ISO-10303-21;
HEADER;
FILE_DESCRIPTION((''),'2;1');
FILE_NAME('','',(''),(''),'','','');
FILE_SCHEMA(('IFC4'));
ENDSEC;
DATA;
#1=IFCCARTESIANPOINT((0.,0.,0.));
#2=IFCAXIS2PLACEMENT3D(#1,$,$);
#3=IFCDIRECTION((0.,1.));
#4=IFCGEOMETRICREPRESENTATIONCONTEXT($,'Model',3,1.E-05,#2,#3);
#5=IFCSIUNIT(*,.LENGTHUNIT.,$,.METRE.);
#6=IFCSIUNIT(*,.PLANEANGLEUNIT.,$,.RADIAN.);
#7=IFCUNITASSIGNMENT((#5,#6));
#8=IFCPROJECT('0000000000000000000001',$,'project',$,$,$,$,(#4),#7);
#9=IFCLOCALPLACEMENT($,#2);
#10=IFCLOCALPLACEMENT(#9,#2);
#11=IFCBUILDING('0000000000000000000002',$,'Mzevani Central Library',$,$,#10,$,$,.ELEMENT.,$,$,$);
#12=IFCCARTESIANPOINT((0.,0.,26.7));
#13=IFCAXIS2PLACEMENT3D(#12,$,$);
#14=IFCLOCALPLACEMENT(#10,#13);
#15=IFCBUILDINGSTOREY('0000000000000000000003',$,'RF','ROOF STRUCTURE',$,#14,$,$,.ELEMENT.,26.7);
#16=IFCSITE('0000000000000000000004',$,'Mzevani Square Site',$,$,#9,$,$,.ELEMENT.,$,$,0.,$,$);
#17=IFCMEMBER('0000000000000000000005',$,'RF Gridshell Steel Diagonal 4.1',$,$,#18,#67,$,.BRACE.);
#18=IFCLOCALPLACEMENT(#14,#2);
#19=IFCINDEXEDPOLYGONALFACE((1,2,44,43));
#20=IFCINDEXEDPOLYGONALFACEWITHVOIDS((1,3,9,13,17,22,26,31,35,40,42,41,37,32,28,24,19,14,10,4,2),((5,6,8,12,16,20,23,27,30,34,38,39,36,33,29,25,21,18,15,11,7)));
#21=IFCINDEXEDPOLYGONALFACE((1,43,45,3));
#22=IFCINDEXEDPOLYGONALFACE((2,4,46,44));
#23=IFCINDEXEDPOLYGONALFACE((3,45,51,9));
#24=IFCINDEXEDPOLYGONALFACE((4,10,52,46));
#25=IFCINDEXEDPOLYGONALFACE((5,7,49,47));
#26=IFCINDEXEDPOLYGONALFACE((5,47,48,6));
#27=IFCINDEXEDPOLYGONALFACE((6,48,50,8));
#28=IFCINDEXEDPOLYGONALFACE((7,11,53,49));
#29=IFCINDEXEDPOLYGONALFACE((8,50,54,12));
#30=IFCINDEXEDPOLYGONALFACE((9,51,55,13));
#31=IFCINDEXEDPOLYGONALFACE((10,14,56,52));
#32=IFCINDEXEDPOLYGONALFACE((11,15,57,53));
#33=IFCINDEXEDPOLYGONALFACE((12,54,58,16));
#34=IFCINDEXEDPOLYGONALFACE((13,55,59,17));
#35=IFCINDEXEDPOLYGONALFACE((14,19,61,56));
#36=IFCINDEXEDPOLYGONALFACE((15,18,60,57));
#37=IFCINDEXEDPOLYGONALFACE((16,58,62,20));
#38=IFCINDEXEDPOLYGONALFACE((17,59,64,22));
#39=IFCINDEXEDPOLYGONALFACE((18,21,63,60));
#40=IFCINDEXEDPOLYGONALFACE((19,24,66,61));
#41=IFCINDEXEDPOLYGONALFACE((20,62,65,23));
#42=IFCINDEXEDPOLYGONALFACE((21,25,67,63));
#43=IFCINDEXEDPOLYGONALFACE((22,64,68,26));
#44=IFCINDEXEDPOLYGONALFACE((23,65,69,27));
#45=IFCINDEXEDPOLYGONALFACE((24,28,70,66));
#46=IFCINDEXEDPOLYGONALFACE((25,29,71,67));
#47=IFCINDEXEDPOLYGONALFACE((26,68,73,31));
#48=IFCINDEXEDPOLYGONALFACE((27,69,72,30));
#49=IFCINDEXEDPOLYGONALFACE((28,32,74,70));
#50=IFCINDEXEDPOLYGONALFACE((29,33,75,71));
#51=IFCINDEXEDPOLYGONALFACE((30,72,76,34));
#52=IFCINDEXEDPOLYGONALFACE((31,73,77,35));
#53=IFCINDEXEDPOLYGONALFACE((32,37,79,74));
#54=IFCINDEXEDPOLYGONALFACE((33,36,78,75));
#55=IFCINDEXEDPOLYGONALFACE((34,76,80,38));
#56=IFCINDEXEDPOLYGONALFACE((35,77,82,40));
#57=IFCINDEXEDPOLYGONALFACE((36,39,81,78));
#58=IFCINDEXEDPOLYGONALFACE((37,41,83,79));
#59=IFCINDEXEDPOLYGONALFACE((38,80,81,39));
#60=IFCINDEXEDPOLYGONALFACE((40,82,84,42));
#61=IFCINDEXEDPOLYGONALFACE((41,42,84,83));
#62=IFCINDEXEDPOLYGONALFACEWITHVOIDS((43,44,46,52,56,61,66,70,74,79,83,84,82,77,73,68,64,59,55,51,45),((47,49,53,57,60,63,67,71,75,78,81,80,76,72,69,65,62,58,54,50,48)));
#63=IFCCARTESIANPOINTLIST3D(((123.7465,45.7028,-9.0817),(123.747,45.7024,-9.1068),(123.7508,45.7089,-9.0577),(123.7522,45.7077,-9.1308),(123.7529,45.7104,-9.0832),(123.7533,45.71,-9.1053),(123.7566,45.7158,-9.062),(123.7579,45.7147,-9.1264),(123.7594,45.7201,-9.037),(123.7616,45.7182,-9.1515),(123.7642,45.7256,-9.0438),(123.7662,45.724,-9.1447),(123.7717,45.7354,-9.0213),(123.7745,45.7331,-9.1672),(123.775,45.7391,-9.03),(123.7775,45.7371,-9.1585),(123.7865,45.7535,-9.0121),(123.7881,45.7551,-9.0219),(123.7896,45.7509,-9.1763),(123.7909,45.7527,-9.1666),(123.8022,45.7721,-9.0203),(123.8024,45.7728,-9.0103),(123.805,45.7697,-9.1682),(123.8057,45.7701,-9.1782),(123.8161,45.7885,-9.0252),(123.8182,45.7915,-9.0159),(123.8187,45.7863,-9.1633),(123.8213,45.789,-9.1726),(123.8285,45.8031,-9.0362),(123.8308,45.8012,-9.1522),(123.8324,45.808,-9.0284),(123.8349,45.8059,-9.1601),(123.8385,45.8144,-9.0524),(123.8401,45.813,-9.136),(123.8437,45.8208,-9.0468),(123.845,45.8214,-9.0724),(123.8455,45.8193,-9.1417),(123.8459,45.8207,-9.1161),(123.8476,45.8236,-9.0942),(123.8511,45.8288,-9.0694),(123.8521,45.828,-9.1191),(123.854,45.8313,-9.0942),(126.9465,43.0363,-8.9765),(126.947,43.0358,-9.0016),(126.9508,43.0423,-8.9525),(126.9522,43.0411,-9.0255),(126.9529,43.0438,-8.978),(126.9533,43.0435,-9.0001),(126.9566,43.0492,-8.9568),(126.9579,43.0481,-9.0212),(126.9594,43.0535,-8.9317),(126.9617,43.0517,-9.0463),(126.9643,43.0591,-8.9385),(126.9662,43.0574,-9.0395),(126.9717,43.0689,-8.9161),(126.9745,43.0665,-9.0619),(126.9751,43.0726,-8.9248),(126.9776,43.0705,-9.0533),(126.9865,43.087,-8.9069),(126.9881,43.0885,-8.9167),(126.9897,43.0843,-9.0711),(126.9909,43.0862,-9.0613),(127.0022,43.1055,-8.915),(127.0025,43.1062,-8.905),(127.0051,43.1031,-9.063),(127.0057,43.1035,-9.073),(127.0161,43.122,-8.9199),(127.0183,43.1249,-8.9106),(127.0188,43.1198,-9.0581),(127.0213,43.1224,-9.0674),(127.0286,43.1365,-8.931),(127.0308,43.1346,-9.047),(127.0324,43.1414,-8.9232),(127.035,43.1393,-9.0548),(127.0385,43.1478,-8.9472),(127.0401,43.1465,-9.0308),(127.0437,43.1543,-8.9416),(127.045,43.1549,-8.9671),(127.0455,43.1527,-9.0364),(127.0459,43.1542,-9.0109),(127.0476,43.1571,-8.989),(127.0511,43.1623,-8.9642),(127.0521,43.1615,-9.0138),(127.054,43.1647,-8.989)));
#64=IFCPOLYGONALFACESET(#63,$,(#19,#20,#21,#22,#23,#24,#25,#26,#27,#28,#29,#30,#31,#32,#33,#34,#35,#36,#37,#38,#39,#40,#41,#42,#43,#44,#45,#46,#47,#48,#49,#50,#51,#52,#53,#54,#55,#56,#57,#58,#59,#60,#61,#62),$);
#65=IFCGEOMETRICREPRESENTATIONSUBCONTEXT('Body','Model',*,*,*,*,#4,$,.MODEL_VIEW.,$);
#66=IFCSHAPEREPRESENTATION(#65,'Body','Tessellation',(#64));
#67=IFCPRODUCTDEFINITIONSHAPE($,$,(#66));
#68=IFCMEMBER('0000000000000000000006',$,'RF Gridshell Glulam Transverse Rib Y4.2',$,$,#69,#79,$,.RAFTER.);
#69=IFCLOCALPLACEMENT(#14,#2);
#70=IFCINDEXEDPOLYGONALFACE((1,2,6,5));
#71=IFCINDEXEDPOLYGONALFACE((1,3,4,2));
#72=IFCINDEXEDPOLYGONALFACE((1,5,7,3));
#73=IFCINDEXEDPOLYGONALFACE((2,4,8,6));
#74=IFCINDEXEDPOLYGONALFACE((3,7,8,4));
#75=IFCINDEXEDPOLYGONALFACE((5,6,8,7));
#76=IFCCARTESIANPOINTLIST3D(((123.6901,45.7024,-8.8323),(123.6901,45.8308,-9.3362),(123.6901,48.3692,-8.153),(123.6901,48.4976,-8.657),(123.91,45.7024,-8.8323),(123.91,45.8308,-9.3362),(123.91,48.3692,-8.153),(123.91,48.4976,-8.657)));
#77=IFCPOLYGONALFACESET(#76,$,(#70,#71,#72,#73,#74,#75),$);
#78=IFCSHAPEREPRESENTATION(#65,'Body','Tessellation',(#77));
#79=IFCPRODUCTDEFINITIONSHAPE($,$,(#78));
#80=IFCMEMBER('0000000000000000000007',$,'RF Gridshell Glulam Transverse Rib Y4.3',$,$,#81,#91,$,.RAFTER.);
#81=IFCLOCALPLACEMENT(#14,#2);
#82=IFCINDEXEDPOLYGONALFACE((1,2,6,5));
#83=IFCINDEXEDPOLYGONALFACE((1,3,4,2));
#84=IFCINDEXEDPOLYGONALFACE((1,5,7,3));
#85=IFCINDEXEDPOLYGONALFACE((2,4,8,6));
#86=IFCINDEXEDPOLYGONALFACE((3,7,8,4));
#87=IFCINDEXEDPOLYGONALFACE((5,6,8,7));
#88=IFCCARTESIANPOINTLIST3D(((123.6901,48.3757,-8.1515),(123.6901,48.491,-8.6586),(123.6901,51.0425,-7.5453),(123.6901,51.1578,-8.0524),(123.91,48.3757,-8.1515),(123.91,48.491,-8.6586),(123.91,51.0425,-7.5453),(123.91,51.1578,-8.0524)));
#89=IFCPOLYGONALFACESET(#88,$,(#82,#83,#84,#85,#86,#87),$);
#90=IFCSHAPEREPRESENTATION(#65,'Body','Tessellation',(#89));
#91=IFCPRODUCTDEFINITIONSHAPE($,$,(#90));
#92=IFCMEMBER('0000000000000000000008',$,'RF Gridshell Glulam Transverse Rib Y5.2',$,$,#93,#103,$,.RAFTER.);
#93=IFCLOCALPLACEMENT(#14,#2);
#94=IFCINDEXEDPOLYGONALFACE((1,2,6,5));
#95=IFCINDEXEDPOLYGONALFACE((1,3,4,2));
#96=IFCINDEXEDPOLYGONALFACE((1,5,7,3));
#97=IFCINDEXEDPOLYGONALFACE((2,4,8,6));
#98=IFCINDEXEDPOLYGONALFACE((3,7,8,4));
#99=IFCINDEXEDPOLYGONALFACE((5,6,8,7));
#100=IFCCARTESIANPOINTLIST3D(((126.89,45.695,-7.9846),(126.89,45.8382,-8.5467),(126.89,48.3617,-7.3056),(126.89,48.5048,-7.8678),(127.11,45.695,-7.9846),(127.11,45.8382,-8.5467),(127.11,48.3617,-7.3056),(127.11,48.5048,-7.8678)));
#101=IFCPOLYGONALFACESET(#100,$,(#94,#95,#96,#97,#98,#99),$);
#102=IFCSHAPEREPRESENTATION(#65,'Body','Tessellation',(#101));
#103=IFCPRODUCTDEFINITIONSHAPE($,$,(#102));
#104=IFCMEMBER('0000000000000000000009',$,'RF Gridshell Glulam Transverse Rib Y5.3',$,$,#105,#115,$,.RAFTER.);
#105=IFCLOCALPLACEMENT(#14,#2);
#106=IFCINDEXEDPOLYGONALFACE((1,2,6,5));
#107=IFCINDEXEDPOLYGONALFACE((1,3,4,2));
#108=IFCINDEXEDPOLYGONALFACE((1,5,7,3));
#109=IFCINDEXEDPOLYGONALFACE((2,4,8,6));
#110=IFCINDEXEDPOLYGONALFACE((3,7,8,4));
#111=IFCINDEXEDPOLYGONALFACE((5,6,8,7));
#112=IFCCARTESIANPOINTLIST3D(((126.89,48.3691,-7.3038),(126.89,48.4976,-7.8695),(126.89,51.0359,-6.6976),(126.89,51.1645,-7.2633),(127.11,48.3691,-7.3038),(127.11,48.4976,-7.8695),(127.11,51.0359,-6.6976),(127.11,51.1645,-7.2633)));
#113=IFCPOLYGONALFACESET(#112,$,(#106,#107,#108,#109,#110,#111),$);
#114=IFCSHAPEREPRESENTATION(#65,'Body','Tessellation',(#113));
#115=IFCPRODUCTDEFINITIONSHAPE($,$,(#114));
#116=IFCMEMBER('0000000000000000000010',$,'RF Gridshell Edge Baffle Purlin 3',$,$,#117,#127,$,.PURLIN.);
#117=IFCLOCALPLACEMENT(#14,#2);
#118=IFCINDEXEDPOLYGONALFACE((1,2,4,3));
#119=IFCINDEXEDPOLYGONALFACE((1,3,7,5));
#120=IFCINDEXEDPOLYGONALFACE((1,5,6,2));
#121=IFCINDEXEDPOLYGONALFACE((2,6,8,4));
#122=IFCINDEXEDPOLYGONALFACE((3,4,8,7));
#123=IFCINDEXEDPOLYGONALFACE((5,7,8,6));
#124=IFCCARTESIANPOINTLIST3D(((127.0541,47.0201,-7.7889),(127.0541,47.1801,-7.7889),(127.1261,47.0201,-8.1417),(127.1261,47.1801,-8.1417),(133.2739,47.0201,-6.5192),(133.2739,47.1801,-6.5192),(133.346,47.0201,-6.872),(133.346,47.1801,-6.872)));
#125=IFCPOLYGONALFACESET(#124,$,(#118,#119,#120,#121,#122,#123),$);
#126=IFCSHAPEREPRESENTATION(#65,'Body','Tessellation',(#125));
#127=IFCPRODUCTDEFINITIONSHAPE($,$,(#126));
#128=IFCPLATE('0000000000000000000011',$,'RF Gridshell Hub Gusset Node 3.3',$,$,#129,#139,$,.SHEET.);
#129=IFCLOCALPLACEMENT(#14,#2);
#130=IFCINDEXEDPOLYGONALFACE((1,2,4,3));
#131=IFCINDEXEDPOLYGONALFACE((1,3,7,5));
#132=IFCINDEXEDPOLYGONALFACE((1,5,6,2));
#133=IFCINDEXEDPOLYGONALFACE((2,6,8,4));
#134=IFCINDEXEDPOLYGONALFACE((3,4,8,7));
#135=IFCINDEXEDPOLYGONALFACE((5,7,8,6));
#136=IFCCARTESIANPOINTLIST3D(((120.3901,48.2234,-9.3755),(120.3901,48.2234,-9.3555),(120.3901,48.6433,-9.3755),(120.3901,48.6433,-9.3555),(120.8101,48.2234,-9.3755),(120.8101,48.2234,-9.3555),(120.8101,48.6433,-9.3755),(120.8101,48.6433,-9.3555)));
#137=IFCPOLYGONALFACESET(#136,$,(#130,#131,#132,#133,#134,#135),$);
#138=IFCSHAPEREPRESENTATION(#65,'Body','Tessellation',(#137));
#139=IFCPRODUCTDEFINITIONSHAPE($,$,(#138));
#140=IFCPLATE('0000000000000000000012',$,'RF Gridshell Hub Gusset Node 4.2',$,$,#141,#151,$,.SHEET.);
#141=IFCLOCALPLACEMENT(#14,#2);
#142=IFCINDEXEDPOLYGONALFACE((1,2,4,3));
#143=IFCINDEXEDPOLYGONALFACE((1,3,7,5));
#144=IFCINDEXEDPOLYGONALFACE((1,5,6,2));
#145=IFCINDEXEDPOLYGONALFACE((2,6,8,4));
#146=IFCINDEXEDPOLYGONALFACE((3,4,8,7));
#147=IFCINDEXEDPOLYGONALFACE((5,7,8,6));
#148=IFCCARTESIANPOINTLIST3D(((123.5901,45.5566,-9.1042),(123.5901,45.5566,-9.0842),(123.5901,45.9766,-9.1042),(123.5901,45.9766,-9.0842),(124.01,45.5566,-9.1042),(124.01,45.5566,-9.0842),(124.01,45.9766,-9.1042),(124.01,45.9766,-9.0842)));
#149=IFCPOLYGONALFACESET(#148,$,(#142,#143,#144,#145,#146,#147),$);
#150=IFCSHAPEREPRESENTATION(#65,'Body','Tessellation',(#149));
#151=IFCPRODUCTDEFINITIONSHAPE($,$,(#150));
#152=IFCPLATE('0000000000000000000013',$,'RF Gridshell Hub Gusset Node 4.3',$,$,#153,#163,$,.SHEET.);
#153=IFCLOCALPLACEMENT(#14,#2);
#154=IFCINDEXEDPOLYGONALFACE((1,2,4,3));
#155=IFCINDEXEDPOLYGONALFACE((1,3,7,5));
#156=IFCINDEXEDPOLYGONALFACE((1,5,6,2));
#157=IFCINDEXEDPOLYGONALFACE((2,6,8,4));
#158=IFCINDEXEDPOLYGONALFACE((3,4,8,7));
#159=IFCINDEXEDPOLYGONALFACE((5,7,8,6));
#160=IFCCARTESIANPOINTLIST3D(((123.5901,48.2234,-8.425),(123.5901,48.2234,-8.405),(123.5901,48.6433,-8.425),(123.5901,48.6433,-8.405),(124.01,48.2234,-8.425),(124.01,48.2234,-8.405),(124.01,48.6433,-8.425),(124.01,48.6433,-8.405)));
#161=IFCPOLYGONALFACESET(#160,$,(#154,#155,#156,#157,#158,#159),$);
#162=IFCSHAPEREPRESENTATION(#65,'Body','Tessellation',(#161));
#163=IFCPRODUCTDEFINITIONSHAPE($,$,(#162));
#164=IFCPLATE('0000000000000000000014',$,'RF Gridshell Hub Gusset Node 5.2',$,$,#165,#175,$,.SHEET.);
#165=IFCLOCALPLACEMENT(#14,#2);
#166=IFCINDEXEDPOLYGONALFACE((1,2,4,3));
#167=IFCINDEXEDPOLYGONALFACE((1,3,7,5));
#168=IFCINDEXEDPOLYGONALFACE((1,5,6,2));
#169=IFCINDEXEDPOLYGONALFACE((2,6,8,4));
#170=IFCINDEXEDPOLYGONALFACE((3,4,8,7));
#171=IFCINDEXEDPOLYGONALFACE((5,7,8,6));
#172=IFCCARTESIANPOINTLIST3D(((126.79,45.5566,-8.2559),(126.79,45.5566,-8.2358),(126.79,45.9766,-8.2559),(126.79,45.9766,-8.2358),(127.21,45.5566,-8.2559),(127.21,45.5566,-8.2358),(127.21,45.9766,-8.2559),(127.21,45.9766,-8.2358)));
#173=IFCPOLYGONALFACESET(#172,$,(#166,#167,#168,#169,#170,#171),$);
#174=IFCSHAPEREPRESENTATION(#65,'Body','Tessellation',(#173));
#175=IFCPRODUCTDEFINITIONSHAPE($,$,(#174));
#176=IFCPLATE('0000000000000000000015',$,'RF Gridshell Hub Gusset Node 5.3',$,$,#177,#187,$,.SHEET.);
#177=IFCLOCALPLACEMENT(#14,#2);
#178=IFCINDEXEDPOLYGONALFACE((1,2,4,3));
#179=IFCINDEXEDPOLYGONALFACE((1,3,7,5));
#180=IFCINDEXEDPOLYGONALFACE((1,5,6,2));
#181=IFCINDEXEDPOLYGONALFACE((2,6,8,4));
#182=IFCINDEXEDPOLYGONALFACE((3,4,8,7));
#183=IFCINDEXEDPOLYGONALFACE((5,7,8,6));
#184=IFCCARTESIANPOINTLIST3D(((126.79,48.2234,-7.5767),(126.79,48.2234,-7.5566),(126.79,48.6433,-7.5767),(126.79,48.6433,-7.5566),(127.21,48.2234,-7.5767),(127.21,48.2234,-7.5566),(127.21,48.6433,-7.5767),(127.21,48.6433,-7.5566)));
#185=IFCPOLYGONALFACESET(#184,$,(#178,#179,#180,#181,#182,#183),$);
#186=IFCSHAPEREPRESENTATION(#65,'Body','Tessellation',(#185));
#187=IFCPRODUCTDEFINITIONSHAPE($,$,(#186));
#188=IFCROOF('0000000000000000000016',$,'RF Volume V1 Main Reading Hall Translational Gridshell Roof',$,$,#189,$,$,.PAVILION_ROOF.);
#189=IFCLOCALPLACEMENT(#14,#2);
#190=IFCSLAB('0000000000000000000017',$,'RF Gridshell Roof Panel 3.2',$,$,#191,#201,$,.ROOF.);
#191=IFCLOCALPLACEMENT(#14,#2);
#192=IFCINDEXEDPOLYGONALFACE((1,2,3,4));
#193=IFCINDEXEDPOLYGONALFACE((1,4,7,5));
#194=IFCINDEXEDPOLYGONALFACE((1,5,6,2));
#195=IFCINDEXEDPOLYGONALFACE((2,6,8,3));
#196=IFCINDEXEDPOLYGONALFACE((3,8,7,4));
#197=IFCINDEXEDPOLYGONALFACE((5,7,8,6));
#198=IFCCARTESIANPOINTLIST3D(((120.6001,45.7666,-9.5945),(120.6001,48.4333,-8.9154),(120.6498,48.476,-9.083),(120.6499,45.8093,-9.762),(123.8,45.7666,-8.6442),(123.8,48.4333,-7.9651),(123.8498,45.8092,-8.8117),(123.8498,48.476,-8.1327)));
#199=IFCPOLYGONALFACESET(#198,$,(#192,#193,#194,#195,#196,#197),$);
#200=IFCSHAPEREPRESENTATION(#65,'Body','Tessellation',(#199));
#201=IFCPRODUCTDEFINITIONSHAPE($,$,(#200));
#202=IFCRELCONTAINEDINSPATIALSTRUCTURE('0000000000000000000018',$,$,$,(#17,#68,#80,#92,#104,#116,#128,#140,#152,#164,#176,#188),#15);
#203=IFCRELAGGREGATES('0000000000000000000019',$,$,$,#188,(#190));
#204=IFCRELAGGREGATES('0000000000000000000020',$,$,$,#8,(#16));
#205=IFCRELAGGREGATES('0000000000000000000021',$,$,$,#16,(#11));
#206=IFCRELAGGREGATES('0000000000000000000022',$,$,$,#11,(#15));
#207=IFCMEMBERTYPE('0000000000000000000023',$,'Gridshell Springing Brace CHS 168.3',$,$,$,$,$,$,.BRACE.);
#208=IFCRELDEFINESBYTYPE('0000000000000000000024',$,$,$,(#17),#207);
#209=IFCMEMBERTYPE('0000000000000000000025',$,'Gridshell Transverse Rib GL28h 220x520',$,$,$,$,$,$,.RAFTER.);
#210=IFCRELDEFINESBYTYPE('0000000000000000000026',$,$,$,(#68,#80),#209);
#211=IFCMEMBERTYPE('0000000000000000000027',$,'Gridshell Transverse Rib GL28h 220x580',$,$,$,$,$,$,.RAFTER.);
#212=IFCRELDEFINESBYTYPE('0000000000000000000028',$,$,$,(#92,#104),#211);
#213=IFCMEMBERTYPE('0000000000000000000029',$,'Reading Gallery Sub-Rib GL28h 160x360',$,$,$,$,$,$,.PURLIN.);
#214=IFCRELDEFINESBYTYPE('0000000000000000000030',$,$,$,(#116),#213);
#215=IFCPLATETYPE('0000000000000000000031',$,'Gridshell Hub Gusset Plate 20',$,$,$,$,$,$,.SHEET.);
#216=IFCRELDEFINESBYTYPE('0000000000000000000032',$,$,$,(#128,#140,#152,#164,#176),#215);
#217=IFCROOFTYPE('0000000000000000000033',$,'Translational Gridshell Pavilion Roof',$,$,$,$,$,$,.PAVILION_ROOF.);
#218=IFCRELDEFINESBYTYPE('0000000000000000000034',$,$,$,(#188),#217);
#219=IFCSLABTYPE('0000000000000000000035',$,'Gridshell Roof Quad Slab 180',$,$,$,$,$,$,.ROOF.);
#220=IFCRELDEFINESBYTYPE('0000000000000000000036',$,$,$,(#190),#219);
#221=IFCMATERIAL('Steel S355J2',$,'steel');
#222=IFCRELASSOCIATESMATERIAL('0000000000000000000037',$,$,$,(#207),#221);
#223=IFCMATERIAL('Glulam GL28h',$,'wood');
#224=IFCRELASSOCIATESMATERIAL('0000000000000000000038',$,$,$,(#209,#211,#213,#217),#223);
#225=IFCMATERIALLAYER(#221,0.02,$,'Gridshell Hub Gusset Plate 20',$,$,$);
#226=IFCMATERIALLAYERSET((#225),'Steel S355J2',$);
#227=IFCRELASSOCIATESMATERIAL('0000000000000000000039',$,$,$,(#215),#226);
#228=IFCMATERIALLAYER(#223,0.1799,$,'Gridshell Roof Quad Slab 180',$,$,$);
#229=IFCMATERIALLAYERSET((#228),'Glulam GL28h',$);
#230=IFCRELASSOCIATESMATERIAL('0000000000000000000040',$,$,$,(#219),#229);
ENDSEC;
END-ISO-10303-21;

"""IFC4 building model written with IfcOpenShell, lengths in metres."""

from ifc_helpers import new_model, si_unit, direction, frame, origin, origin_2d, place, context, subcontext, project, spatial, polyline, rectangle, hollow_circle, outline, extrude, material, layer, layer_set, material_profile, profile_set, type_object, element, aggregate, save


model = new_model("IFC4")

# Units and contexts
model_context = context("Model", 3, precision=1e-05, world=origin(), true_north=direction((0.0, 1.0)))
body_context = subcontext(model_context, "Body", "Model", "MODEL_VIEW")
ifc_project = project(units=[si_unit("LENGTHUNIT", "METRE"), si_unit("PLANEANGLEUNIT", "RADIAN")], contexts=[model_context])

# Site, building, storey
site_placement = place(None, origin())
site = spatial("IfcSite", under=ifc_project, at=site_placement, Name="Mzevani Square Site", CompositionType="ELEMENT", RefElevation=0.0)
building_placement = place(site_placement, origin())
building = spatial("IfcBuilding", under=site, at=building_placement, Name="Mzevani Central Library", CompositionType="ELEMENT")
storey_placement = place(building_placement, frame((0.0, 0.0, 26.7)))
storey = spatial("IfcBuildingStorey", under=building, at=storey_placement, Name="RF", Description="ROOF STRUCTURE", CompositionType="ELEMENT", Elevation=26.7)

# Members
ifc_material_1 = material(Name="Glulam GL28h", Category="wood")
ifc_material_2 = material(Name="Steel S355J2", Category="steel")
ifc_material_profile_1 = material_profile(ifc_material_2, hollow_circle(Radius=0.0842, WallThickness=0.01, at=origin_2d()), Name="CHS 168.3x10.0")
ifc_profile_set_1 = profile_set([ifc_material_profile_1], Name="Steel S355J2")
member_type_1 = type_object("IfcMemberType", Name="Gridshell Springing Brace CHS 168.3", PredefinedType="BRACE", material=ifc_profile_set_1)
member_1_placement = place(storey_placement, frame((123.8, 45.7666, -9.0942), z_axis=(0.767991, -0.639963, 0.025254), x_axis=(0.640167, 0.768236, 0.0)))
element("IfcMember", 1, at=member_1_placement, inside=storey, type_object=member_type_1, Name="RF Gridshell Steel Diagonal 4.1", PredefinedType="BRACE", context=body_context, shape_type="SweptSolid", body=[
    extrude(hollow_circle(Radius=0.0842, WallThickness=0.01, at=origin_2d()), origin(), (0.0, 0.0, 1.0), 4.1667),
])
ifc_material_profile_2 = material_profile(ifc_material_1, rectangle(XDim=0.22, YDim=0.52, at=origin_2d()), Name="GL28h 220x520")
ifc_profile_set_2 = profile_set([ifc_material_profile_2], Name="Glulam GL28h")
member_type_2 = type_object("IfcMemberType", Name="Gridshell Transverse Rib GL28h 220x520", PredefinedType="RAFTER", material=ifc_profile_set_2)
member_2_placement = place(storey_placement, frame((123.8, 45.7666, -9.0842), z_axis=(0.0, 0.969063, 0.246813), x_axis=(-1.0, 0.0, 0.0)))
element("IfcMember", 2, at=member_2_placement, inside=storey, type_object=member_type_2, Name="RF Gridshell Glulam Transverse Rib Y4.2", PredefinedType="RAFTER", context=body_context, shape_type="SweptSolid", body=[
    extrude(rectangle(XDim=0.22, YDim=0.52, at=origin_2d()), origin(), (0.0, 0.0, 1.0), 2.752),
])
member_3_placement = place(storey_placement, frame((123.8, 48.4333, -8.405), z_axis=(0.0, 0.975123, 0.221664), x_axis=(-1.0, 0.0, 0.0)))
element("IfcMember", 3, at=member_3_placement, inside=storey, type_object=member_type_2, Name="RF Gridshell Glulam Transverse Rib Y4.3", PredefinedType="RAFTER", context=body_context, shape_type="SweptSolid", body=[
    extrude(rectangle(XDim=0.22, YDim=0.52, at=origin_2d()), origin(), (0.0, 0.0, 1.0), 2.7349),
])
ifc_material_profile_3 = material_profile(ifc_material_1, rectangle(XDim=0.22, YDim=0.5801, at=origin_2d()), Name="GL28h 220x580")
ifc_profile_set_3 = profile_set([ifc_material_profile_3], Name="Glulam GL28h")
member_type_3 = type_object("IfcMemberType", Name="Gridshell Transverse Rib GL28h 220x580", PredefinedType="RAFTER", material=ifc_profile_set_3)
member_4_placement = place(storey_placement, frame((127.0, 45.7666, -8.2656), z_axis=(0.0, 0.969084, 0.246729), x_axis=(-1.0, 0.0, 0.0)))
element("IfcMember", 4, at=member_4_placement, inside=storey, type_object=member_type_3, Name="RF Gridshell Glulam Transverse Rib Y5.2", PredefinedType="RAFTER", context=body_context, shape_type="SweptSolid", body=[
    extrude(rectangle(XDim=0.22, YDim=0.5801, at=origin_2d()), origin(), (0.0, 0.0, 1.0), 2.7517),
])
member_5_placement = place(storey_placement, frame((127.0, 48.4333, -7.5867), z_axis=(0.0, 0.975123, 0.221664), x_axis=(-1.0, 0.0, 0.0)))
element("IfcMember", 5, at=member_5_placement, inside=storey, type_object=member_type_3, Name="RF Gridshell Glulam Transverse Rib Y5.3", PredefinedType="RAFTER", context=body_context, shape_type="SweptSolid", body=[
    extrude(rectangle(XDim=0.22, YDim=0.5801, at=origin_2d()), origin(), (0.0, 0.0, 1.0), 2.7349),
])
ifc_material_profile_4 = material_profile(ifc_material_1, rectangle(XDim=0.1599, YDim=0.3601, at=origin_2d()), Name="GL28h 160x360")
ifc_profile_set_4 = profile_set([ifc_material_profile_4], Name="Glulam GL28h")
member_type_4 = type_object("IfcMemberType", Name="Reading Gallery Sub-Rib GL28h 160x360", PredefinedType="PURLIN", material=ifc_profile_set_4)
member_6_placement = place(storey_placement, frame((127.0901, 47.1001, -7.9653), z_axis=(0.979792, 0.0, 0.20002), x_axis=(0.0, 1.0, 0.0)))
element("IfcMember", 6, at=member_6_placement, inside=storey, type_object=member_type_4, Name="RF Gridshell Edge Baffle Purlin 3", PredefinedType="PURLIN", context=body_context, shape_type="SweptSolid", body=[
    extrude(rectangle(XDim=0.1599, YDim=0.3601, at=origin_2d()), origin(), (0.0, 0.0, 1.0), 6.3481),
])

# Plates
ifc_layer_1 = layer(ifc_material_2, 0.02, Name="Gridshell Hub Gusset Plate 20")
ifc_layer_set_1 = layer_set([ifc_layer_1], Name="Steel S355J2")
plate_type = type_object("IfcPlateType", Name="Gridshell Hub Gusset Plate 20", PredefinedType="SHEET", material=ifc_layer_set_1)
for number, where, z_axis, x_axis, name in (
    (7, (120.6001, 48.4333, -9.3755), (0.0, 0.0, 1.0), (1.0, 0.0, 0.0), "RF Gridshell Hub Gusset Node 3.3"),
    (8, (123.8, 45.7666, -9.1042), (0.0, 0.0, 1.0), (1.0, 0.0, 0.0), "RF Gridshell Hub Gusset Node 4.2"),
    (9, (123.8, 48.4333, -8.425), (0.0, 0.0, 1.0), (1.0, 0.0, 0.0), "RF Gridshell Hub Gusset Node 4.3"),
    (10, (127.0, 45.7666, -8.2559), (0.0, 0.0, 1.0), (1.0, 0.0, 0.0), "RF Gridshell Hub Gusset Node 5.2"),
    (11, (127.0, 48.4333, -7.5767), (0.0, 0.0, 1.0), (1.0, 0.0, 0.0), "RF Gridshell Hub Gusset Node 5.3"),
):
    element("IfcPlate", number, at=place(storey_placement, frame(where, z_axis=z_axis, x_axis=x_axis)), inside=storey, type_object=plate_type, Name=name, PredefinedType="SHEET", context=body_context, shape_type="SweptSolid", body=[
        extrude(rectangle(XDim=0.4199, YDim=0.4199, at=origin_2d()), origin(), (0.0, 0.0, 1.0), 0.02),
    ])

# Roof, slab
roof_type = type_object("IfcRoofType", Name="Translational Gridshell Pavilion Roof", PredefinedType="PAVILION_ROOF", material=ifc_material_1)
roof_placement = place(storey_placement, origin())
roof = element("IfcRoof", 12, at=roof_placement, inside=storey, type_object=roof_type, Name="RF Volume V1 Main Reading Hall Translational Gridshell Roof", PredefinedType="PAVILION_ROOF")
ifc_layer_2 = layer(ifc_material_1, 0.1799, Name="Gridshell Roof Quad Slab 180")
ifc_layer_set_2 = layer_set([ifc_layer_2], Name="Glulam GL28h")
slab_type = type_object("IfcSlabType", Name="Gridshell Roof Quad Slab 180", PredefinedType="ROOF", material=ifc_layer_set_2)
slab_1_placement = place(storey_placement, frame((120.6001, 45.7666, -9.5945), z_axis=(-0.276569, -0.237145, 0.931274), x_axis=(0.95862, -0.000008, 0.284688)))
slab_1 = element("IfcSlab", 13, at=slab_1_placement, type_object=slab_type, Name="RF Gridshell Roof Panel 3.2", PredefinedType="ROOF", context=body_context, shape_type="SweptSolid", body=[
    extrude(outline(polyline([(0.0, 0.0), (3.338, 0.0), (3.5314, 2.7451), (0.1933, 2.745), (0.0, 0.0)])), origin(), (0.0, 0.0, -1.0), 0.1799),
])
aggregate(roof, [slab_1])

save(model, "model.ifc")
